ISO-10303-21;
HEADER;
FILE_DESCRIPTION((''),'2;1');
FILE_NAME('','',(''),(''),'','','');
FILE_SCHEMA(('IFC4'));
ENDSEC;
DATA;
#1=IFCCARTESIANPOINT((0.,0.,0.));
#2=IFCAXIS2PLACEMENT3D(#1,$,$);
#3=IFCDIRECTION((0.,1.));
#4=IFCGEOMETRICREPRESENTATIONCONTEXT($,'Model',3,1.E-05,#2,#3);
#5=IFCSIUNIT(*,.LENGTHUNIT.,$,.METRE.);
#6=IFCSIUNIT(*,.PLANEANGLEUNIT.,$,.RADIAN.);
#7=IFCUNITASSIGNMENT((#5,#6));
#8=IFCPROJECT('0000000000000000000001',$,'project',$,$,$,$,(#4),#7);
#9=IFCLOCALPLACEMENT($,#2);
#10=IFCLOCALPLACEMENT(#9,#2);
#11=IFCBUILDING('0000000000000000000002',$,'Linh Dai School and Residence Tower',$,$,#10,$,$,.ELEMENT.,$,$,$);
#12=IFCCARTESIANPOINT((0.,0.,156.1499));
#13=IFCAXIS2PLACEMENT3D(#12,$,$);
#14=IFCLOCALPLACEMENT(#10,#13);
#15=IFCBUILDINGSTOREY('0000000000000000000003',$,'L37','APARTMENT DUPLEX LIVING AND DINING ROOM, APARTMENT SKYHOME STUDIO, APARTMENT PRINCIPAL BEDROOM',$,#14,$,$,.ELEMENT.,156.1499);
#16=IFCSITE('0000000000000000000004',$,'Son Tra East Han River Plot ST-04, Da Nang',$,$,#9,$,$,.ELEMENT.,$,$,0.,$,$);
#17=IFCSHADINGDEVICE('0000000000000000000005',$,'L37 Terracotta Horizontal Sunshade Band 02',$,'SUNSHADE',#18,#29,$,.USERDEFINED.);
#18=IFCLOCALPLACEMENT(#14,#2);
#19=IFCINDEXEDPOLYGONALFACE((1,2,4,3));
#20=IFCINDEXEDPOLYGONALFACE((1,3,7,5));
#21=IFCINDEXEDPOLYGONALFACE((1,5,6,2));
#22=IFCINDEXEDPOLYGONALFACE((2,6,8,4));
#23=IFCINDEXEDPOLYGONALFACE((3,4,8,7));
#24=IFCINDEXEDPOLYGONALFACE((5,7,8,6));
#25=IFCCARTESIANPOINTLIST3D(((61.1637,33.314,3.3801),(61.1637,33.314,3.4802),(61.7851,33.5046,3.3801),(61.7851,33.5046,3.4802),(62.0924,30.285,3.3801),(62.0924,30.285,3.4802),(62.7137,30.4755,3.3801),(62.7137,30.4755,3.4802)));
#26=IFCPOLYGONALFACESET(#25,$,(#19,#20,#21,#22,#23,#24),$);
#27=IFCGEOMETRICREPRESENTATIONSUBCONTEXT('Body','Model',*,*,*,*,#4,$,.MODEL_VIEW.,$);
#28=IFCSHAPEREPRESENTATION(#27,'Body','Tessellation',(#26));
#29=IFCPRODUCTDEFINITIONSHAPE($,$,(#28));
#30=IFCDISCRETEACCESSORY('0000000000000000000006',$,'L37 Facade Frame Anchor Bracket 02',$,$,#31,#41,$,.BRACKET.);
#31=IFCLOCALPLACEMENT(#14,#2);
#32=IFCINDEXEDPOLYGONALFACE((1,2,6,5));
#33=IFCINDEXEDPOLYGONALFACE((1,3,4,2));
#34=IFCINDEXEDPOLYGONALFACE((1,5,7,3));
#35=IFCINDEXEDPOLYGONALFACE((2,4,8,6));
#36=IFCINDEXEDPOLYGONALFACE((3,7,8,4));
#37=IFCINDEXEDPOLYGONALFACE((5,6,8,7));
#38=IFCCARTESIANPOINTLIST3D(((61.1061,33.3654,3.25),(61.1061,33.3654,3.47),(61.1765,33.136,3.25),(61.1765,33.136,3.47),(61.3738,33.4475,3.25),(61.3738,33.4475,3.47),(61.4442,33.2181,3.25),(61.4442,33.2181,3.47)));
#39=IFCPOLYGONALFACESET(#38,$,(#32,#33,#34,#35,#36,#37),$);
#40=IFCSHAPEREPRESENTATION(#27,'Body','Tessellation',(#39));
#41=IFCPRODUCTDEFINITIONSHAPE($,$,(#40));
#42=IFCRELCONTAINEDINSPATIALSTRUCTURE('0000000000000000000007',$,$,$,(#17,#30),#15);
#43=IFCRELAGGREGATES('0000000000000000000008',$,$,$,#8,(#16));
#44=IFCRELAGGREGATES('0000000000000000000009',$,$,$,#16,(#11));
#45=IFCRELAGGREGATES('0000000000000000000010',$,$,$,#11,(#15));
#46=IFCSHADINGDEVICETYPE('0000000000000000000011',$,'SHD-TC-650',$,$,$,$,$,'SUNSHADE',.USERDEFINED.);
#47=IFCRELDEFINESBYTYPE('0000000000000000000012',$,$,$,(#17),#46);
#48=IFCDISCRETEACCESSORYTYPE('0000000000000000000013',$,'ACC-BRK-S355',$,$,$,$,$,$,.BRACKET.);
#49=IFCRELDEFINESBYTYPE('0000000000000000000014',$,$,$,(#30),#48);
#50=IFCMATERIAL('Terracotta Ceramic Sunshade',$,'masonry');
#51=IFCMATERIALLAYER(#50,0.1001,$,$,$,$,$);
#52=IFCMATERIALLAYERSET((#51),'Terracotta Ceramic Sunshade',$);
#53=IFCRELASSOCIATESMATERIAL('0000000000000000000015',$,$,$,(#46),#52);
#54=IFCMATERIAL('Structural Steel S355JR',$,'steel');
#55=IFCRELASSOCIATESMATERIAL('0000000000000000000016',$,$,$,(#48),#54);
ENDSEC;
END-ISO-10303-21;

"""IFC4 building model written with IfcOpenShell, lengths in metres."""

from ifc_helpers import new_model, si_unit, direction, frame, origin, origin_2d, place, context, subcontext, project, spatial, rectangle, extrude, source, transform, mapped, material, layer, layer_set, type_object, element, save


model = new_model("IFC4")

# Units and contexts
model_context = context("Model", 3, precision=1e-05, world=origin(), true_north=direction((0.0, 1.0)))
body_context = subcontext(model_context, "Body", "Model", "MODEL_VIEW")
ifc_project = project(units=[si_unit("LENGTHUNIT", "METRE"), si_unit("PLANEANGLEUNIT", "RADIAN")], contexts=[model_context])

# Site, building, storey
site_placement = place(None, origin())
site = spatial("IfcSite", under=ifc_project, at=site_placement, Name="Son Tra East Han River Plot ST-04, Da Nang", CompositionType="ELEMENT", RefElevation=0.0)
building_placement = place(site_placement, origin())
building = spatial("IfcBuilding", under=site, at=building_placement, Name="Linh Dai School and Residence Tower", CompositionType="ELEMENT")
storey_placement = place(building_placement, frame((0.0, 0.0, 156.1499)))
storey = spatial("IfcBuildingStorey", under=building, at=storey_placement, Name="L37", Description="APARTMENT DUPLEX LIVING AND DINING ROOM, APARTMENT SKYHOME STUDIO, APARTMENT PRINCIPAL BEDROOM", CompositionType="ELEMENT", Elevation=156.1499)

# Shared definitions
ifc_material_1 = material(Name="Structural Steel S355JR", Category="steel")

# Shading device
ifc_material_2 = material(Name="Terracotta Ceramic Sunshade", Category="masonry")
ifc_layer_1 = layer(ifc_material_2, 0.1001)
ifc_layer_set_1 = layer_set([ifc_layer_1], Name="Terracotta Ceramic Sunshade")
shading_device_type = type_object("IfcShadingDeviceType", Name="SHD-TC-650", ElementType="SUNSHADE", PredefinedType="USERDEFINED", material=ifc_layer_set_1)
shared_shape_1 = source(origin(), body_context, "Body", "SweptSolid", [
    extrude(rectangle(XDim=3.1682, YDim=0.6499, at=origin_2d()), origin(), (0.0, 0.0, 1.0), 0.1001),
])
shading_device_placement = place(storey_placement, frame((61.9387, 31.8948, 3.3801), z_axis=(0.0, 0.0, 1.0), x_axis=(0.293122, -0.956075, 0.0)))
element("IfcShadingDevice", 1, at=shading_device_placement, inside=storey, type_object=shading_device_type, Name="L37 Terracotta Horizontal Sunshade Band 02", ObjectType="SUNSHADE", PredefinedType="USERDEFINED", context=body_context, shape_type="MappedRepresentation", body=[
    mapped(shared_shape_1, transform((0.0, 0.0, 0.0), x_axis=(1.0, 0.0, 0.0), y_axis=(0.0, 1.0, 0.0), z_axis=(0.0, 0.0, 1.0), scale=1.0)),
])

# Discrete accessory
discrete_accessory_type = type_object("IfcDiscreteAccessoryType", Name="ACC-BRK-S355", PredefinedType="BRACKET", material=ifc_material_1)
shared_shape_2 = source(origin(), body_context, "Body", "SweptSolid", [
    extrude(rectangle(XDim=0.28, YDim=0.24, at=origin_2d()), origin(), (0.0, 0.0, 1.0), 0.22),
])
discrete_accessory_placement = place(storey_placement, frame((61.2751, 33.2917, 3.25), z_axis=(0.0, 0.0, 1.0), x_axis=(0.956075, 0.293122, 0.0)))
element("IfcDiscreteAccessory", 2, at=discrete_accessory_placement, inside=storey, type_object=discrete_accessory_type, Name="L37 Facade Frame Anchor Bracket 02", PredefinedType="BRACKET", context=body_context, shape_type="MappedRepresentation", body=[
    mapped(shared_shape_2, transform((0.0, 0.0, 0.0), x_axis=(1.0, 0.0, 0.0), y_axis=(0.0, 1.0, 0.0), z_axis=(0.0, 0.0, 1.0), scale=1.0)),
])

save(model, "model.ifc")
